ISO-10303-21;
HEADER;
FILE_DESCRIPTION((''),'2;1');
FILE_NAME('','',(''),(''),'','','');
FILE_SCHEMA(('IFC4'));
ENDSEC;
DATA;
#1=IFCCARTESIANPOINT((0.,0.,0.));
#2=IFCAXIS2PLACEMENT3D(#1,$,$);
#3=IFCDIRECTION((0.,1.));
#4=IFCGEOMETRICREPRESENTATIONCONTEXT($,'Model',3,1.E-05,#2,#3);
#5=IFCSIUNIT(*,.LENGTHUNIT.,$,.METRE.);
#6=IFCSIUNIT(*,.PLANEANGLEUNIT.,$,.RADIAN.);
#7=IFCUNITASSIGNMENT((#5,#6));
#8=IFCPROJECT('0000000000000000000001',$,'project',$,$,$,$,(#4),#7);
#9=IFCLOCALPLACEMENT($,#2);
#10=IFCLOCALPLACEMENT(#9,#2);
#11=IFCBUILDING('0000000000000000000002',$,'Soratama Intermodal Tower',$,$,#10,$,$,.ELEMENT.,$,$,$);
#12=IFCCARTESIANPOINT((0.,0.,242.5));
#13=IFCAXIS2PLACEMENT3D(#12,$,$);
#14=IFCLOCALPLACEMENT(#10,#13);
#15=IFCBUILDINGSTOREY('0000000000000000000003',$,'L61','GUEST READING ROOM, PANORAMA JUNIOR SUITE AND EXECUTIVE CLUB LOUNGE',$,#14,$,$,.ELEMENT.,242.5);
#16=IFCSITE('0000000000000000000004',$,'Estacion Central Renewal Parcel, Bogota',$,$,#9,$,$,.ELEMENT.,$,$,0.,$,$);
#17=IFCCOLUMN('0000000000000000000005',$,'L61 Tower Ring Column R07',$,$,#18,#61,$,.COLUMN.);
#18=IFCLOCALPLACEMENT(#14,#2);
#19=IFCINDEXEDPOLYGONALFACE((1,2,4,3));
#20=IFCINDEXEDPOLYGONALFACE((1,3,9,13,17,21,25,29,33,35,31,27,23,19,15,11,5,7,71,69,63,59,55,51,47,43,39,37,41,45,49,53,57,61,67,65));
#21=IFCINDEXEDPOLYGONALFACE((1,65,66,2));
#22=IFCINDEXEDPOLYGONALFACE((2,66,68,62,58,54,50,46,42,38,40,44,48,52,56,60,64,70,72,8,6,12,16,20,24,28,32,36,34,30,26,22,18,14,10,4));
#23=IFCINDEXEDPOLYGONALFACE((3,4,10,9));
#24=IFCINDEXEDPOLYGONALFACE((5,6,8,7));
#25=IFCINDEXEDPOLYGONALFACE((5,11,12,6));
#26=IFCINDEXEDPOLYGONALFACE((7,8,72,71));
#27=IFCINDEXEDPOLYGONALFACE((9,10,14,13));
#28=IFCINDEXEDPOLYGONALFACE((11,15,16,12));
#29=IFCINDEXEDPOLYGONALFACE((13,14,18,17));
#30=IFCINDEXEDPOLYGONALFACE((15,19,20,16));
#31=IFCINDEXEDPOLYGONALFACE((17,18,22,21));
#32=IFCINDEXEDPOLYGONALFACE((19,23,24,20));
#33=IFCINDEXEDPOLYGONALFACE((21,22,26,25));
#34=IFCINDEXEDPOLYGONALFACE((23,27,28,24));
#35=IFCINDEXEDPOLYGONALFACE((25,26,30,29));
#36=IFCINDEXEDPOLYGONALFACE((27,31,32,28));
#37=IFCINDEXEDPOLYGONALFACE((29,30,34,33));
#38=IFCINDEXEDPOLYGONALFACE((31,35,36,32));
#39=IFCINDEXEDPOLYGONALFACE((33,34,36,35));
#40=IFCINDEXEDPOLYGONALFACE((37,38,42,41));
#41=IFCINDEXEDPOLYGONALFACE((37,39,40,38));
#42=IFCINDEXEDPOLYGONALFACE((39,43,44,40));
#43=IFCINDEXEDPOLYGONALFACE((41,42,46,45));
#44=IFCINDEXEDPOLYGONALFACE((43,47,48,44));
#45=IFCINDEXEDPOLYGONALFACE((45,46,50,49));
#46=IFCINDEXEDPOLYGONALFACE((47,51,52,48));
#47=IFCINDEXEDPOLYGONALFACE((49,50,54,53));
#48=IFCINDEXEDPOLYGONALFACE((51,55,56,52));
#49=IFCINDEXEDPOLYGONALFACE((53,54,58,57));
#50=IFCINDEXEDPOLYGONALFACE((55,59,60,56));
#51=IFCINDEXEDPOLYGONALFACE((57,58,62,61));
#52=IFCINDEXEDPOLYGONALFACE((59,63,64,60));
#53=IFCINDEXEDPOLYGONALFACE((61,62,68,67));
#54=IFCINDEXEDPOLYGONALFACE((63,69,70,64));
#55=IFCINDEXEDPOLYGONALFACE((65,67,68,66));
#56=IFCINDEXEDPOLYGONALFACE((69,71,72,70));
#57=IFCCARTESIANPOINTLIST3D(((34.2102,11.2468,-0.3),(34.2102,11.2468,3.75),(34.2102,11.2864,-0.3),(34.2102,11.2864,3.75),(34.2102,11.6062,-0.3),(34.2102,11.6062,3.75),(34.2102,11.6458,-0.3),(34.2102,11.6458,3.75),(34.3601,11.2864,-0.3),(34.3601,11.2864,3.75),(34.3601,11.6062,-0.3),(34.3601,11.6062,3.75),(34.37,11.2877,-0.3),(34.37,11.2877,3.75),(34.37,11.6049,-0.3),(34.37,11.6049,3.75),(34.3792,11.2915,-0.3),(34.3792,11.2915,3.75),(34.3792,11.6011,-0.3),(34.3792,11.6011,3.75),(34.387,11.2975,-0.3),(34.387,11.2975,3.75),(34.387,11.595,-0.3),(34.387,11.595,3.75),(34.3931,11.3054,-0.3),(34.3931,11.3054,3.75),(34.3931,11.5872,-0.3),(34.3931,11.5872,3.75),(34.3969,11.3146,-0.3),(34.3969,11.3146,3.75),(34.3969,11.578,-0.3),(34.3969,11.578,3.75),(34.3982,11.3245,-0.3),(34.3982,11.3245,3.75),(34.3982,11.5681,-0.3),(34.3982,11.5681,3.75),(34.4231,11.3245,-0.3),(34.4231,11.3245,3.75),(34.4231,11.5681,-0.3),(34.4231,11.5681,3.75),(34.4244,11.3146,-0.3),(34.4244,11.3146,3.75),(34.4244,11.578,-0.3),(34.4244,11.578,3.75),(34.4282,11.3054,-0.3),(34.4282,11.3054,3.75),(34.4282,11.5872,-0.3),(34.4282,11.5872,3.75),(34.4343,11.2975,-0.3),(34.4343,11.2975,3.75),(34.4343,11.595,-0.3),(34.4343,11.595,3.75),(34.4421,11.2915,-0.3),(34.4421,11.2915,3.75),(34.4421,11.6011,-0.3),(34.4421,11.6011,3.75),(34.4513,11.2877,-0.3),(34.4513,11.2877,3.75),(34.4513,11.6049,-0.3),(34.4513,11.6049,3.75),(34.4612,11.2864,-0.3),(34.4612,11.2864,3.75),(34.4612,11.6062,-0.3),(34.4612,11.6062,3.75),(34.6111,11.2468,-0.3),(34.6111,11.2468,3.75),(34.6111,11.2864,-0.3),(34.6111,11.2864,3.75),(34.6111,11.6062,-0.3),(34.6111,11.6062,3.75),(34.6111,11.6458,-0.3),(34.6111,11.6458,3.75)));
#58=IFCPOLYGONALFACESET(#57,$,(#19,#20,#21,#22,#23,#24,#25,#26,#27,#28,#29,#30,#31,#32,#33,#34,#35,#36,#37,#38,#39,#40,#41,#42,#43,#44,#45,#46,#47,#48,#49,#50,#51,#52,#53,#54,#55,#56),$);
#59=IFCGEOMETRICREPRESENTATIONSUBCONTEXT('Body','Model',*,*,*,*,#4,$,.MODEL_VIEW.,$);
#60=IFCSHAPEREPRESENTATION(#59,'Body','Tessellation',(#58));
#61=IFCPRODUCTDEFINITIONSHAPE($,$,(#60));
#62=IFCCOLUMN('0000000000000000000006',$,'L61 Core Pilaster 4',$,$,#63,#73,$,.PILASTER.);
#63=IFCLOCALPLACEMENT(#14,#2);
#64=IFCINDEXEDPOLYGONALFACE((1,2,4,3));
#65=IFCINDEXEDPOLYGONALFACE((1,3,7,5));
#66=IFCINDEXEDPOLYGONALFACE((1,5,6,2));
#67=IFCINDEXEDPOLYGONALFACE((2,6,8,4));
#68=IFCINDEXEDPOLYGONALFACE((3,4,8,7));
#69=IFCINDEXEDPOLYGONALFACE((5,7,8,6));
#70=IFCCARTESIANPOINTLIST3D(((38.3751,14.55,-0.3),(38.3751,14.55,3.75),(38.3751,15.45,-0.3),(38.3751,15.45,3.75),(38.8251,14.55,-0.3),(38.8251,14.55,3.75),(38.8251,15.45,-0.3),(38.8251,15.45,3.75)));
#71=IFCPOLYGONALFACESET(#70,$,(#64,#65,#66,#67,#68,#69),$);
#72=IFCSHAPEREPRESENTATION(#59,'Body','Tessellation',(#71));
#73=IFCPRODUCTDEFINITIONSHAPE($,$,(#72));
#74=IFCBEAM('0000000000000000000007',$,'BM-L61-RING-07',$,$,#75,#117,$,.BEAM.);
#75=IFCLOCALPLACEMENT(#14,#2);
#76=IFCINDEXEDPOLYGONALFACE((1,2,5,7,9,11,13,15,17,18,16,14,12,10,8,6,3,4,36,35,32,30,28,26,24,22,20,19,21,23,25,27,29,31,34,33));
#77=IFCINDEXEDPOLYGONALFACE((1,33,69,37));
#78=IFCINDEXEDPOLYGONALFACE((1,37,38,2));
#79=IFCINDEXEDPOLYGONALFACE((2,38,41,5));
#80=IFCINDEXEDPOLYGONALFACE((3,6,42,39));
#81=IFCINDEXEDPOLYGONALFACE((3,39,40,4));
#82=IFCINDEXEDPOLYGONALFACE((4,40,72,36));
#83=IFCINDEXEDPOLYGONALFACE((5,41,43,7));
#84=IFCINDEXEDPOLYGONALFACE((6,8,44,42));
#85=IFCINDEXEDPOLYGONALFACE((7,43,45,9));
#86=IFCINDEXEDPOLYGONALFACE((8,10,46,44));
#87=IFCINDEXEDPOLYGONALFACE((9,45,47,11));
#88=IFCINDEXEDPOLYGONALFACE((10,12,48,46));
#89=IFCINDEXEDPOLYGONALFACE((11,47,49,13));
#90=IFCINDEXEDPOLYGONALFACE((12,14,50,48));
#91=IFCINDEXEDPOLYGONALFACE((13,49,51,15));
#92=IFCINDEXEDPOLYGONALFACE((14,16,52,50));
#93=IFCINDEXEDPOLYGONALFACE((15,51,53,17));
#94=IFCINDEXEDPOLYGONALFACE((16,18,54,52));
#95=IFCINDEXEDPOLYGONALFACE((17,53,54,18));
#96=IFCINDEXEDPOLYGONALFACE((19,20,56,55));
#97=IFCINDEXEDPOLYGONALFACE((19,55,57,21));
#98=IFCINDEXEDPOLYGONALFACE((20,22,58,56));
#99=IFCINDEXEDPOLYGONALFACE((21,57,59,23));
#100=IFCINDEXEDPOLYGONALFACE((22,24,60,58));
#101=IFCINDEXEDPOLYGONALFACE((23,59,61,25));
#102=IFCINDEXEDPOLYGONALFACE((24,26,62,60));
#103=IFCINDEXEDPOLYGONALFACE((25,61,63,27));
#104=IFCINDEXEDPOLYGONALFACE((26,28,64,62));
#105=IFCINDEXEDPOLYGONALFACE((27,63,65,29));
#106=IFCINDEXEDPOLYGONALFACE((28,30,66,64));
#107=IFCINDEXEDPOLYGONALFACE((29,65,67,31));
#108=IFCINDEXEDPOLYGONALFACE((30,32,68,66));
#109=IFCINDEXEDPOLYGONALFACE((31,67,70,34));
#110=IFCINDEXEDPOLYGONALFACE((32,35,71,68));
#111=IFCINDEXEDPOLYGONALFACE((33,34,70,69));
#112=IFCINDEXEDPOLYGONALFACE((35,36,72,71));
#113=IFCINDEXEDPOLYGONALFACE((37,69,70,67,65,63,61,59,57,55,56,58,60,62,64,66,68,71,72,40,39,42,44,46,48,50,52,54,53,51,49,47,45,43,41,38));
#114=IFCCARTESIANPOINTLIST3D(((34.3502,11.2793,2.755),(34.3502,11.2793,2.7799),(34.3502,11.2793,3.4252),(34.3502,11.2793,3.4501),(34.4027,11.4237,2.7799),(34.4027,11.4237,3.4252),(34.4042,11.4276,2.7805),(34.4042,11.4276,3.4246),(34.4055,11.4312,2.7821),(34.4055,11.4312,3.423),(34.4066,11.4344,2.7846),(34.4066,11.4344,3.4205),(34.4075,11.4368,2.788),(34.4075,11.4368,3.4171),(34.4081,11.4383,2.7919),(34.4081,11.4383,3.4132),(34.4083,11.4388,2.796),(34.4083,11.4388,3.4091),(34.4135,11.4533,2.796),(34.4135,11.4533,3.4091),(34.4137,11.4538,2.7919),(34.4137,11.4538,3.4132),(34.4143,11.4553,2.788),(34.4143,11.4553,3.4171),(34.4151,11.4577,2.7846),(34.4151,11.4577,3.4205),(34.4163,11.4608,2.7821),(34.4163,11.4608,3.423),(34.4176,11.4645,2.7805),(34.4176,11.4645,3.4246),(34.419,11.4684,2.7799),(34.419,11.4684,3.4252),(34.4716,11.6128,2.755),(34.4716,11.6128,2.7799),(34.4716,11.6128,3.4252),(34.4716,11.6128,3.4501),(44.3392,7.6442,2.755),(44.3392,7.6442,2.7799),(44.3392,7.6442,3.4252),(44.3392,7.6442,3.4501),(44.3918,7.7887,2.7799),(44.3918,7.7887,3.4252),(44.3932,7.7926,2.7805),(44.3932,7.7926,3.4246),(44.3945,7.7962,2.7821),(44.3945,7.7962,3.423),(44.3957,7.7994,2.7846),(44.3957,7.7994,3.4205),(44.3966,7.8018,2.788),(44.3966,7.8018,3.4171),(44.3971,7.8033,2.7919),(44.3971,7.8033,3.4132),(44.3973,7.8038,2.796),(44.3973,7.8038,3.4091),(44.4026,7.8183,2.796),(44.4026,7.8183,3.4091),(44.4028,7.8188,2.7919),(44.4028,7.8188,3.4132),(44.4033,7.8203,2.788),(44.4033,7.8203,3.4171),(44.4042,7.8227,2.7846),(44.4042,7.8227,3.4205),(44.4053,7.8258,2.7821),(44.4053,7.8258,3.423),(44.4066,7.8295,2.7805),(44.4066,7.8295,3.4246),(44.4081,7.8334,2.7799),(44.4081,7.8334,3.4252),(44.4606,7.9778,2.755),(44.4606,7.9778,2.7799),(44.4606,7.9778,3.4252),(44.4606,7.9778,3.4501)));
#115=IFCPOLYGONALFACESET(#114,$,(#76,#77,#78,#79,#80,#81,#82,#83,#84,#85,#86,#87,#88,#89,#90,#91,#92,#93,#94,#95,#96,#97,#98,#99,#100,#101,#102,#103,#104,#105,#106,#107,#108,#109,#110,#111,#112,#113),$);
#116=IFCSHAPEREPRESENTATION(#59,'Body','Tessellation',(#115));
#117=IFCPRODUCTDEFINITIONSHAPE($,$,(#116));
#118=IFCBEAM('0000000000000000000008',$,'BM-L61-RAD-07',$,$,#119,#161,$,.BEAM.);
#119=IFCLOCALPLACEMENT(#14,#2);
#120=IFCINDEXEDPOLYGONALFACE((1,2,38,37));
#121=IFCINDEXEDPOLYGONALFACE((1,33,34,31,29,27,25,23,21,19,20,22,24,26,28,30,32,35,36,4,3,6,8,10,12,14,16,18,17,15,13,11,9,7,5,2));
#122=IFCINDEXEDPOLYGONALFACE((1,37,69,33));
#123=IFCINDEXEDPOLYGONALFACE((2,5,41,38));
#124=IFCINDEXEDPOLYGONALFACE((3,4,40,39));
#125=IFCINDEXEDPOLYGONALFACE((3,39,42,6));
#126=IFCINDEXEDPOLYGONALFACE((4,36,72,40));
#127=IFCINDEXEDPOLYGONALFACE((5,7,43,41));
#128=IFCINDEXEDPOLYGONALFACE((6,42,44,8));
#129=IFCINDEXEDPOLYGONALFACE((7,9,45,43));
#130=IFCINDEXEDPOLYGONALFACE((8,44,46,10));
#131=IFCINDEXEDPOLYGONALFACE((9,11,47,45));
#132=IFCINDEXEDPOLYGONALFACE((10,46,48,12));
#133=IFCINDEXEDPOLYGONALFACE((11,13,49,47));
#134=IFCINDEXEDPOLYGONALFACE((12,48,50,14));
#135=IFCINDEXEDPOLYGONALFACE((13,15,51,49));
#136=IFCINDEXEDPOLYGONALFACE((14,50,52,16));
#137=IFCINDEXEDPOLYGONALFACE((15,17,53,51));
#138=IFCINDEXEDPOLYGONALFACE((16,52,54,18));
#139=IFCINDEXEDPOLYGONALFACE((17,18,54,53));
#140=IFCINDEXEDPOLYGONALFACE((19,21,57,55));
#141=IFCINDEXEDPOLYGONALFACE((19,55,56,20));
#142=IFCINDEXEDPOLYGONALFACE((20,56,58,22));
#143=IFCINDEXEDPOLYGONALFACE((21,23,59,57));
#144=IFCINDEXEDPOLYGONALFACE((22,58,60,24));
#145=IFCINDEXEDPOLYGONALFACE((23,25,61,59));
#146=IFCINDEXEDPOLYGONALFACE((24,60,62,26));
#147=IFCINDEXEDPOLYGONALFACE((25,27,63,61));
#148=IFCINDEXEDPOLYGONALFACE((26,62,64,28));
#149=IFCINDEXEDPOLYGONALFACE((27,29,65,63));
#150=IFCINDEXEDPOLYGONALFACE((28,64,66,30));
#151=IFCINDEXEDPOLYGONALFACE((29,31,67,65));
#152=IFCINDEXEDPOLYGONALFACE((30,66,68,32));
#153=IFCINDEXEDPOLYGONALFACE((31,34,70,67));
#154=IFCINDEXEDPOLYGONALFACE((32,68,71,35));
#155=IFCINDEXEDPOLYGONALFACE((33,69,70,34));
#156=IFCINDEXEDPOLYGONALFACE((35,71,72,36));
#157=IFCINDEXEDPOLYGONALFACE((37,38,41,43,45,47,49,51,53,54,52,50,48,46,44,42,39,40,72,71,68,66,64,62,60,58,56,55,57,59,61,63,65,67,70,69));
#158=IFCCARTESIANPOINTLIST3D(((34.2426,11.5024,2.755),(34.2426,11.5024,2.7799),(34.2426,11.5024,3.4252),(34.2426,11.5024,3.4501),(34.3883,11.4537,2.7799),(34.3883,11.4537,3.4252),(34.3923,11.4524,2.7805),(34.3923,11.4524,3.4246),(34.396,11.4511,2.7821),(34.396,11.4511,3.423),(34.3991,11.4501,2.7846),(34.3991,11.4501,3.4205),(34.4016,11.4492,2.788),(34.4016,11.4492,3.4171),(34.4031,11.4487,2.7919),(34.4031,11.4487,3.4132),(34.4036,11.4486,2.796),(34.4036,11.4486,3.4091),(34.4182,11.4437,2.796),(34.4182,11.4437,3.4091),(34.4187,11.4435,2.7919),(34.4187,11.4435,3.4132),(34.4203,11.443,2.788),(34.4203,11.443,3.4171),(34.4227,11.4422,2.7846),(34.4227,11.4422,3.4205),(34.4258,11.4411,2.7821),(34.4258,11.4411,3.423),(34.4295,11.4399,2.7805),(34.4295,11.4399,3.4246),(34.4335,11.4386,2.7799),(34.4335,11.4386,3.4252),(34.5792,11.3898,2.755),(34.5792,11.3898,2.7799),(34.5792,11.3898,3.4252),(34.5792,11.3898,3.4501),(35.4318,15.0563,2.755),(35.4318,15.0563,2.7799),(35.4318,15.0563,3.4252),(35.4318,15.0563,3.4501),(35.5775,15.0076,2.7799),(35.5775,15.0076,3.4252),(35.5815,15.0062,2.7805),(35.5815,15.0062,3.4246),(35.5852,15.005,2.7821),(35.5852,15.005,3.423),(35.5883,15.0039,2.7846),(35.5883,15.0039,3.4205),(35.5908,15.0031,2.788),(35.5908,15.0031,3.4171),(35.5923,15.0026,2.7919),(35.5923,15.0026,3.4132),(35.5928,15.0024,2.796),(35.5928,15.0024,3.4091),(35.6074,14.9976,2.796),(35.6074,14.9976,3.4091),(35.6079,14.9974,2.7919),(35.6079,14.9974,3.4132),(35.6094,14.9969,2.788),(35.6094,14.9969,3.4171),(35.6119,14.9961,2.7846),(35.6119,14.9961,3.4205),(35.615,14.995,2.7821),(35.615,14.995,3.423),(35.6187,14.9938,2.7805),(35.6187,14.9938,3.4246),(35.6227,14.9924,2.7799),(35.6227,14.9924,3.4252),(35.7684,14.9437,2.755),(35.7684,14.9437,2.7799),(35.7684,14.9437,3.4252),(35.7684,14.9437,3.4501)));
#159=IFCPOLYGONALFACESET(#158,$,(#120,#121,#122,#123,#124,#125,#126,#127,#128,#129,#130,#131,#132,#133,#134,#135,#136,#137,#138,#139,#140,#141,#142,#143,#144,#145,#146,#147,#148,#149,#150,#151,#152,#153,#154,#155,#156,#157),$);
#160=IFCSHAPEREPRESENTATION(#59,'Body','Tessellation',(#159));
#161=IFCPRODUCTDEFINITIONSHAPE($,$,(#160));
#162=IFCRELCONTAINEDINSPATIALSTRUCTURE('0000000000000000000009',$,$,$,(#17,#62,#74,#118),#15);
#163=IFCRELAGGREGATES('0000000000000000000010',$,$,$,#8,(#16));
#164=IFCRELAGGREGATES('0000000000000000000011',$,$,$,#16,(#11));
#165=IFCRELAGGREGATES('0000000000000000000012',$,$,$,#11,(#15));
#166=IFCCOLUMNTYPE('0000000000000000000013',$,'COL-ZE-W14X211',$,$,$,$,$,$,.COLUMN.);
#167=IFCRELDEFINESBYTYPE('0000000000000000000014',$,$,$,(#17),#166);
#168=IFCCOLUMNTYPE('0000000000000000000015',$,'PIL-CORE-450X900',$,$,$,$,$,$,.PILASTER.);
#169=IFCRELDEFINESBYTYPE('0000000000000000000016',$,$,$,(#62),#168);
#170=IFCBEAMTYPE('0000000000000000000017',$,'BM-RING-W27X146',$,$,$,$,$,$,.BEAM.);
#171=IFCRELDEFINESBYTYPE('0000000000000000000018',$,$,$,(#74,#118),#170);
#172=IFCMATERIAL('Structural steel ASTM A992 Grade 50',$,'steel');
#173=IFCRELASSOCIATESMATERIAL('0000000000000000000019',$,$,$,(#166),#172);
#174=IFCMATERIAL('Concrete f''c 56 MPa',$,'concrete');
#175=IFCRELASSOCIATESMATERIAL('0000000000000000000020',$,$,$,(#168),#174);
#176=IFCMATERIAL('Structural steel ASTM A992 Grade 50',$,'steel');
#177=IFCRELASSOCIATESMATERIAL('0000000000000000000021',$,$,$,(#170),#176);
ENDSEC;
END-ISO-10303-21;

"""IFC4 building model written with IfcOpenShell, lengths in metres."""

from ifc_helpers import new_model, si_unit, direction, frame, origin, origin_2d, place, context, subcontext, project, spatial, rectangle, i_section, extrude, material, material_profile, profile_set, type_object, element, save


model = new_model("IFC4")

# Units and contexts
model_context = context("Model", 3, precision=1e-05, world=origin(), true_north=direction((0.0, 1.0)))
body_context = subcontext(model_context, "Body", "Model", "MODEL_VIEW")
ifc_project = project(units=[si_unit("LENGTHUNIT", "METRE"), si_unit("PLANEANGLEUNIT", "RADIAN")], contexts=[model_context])

# Site, building, storey
site_placement = place(None, origin())
site = spatial("IfcSite", under=ifc_project, at=site_placement, Name="Estacion Central Renewal Parcel, Bogota", CompositionType="ELEMENT", RefElevation=0.0)
building_placement = place(site_placement, origin())
building = spatial("IfcBuilding", under=site, at=building_placement, Name="Soratama Intermodal Tower", CompositionType="ELEMENT")
storey_placement = place(building_placement, frame((0.0, 0.0, 242.5)))
storey = spatial("IfcBuildingStorey", under=building, at=storey_placement, Name="L61", Description="GUEST READING ROOM, PANORAMA JUNIOR SUITE AND EXECUTIVE CLUB LOUNGE", CompositionType="ELEMENT", Elevation=242.5)

# Columns
ifc_material_1 = material(Name="Structural steel ASTM A992 Grade 50", Category="steel")
ifc_material_profile_1 = material_profile(ifc_material_1, i_section(OverallWidth=0.4009, OverallDepth=0.3989, WebThickness=0.0249, FlangeThickness=0.0396, FilletRadius=0.0381, at=origin_2d()), Name="W14X211")
ifc_profile_set_1 = profile_set([ifc_material_profile_1], Name="Structural steel ASTM A992 Grade 50")
column_type_1 = type_object("IfcColumnType", Name="COL-ZE-W14X211", PredefinedType="COLUMN", material=ifc_profile_set_1)
column_1_placement = place(storey_placement, frame((34.4106, 11.4463, -0.3), z_axis=(0.0, 0.0, 1.0), x_axis=(1.0, 0.0, 0.0)))
element("IfcColumn", 1, at=column_1_placement, inside=storey, type_object=column_type_1, Name="L61 Tower Ring Column R07", PredefinedType="COLUMN", context=body_context, shape_type="SweptSolid", body=[
    extrude(i_section(OverallWidth=0.4009, OverallDepth=0.3989, WebThickness=0.0249, FlangeThickness=0.0396, FilletRadius=0.0381, at=origin_2d()), origin(), (0.0, 0.0, 1.0), 4.05),
])
ifc_material_2 = material(Name="Concrete f'c 56 MPa", Category="concrete")
ifc_material_profile_2 = material_profile(ifc_material_2, rectangle(XDim=0.45, YDim=0.8999, at=origin_2d()), Name="RC450X900")
ifc_profile_set_2 = profile_set([ifc_material_profile_2], Name="Concrete f'c 56 MPa")
column_type_2 = type_object("IfcColumnType", Name="PIL-CORE-450X900", PredefinedType="PILASTER", material=ifc_profile_set_2)
column_2_placement = place(storey_placement, frame((38.6001, 15.0, -0.3), z_axis=(0.0, 0.0, 1.0), x_axis=(1.0, 0.0, 0.0)))
element("IfcColumn", 2, at=column_2_placement, inside=storey, type_object=column_type_2, Name="L61 Core Pilaster 4", PredefinedType="PILASTER", context=body_context, shape_type="SweptSolid", body=[
    extrude(rectangle(XDim=0.45, YDim=0.8999, at=origin_2d()), origin(), (0.0, 0.0, 1.0), 4.05),
])

# Beams
ifc_material_3 = material(Name="Structural steel ASTM A992 Grade 50", Category="steel")
ifc_material_profile_3 = material_profile(ifc_material_3, i_section(OverallWidth=0.355, OverallDepth=0.6951, WebThickness=0.0154, FlangeThickness=0.0249, FilletRadius=0.0161, at=origin_2d()), Name="W27X146")
ifc_profile_set_3 = profile_set([ifc_material_profile_3], Name="Structural steel ASTM A992 Grade 50")
beam_type_1 = type_object("IfcBeamType", Name="BM-RING-W27X146", PredefinedType="BEAM", material=ifc_profile_set_3)
beam_1_placement = place(storey_placement, frame((34.4109, 11.446, 3.1025), z_axis=(0.939714, -0.341963, 0.0), x_axis=(0.341963, 0.939714, 0.0)))
element("IfcBeam", 3, at=beam_1_placement, inside=storey, type_object=beam_type_1, Name="BM-L61-RING-07", PredefinedType="BEAM", context=body_context, shape_type="SweptSolid", body=[
    extrude(i_section(OverallWidth=0.355, OverallDepth=0.6951, WebThickness=0.0154, FlangeThickness=0.0249, FilletRadius=0.0161, at=origin_2d()), origin(), (0.0, 0.0, 1.0), 10.6299),
])
beam_2_placement = place(storey_placement, frame((35.6001, 15.0, 3.1025), z_axis=(-0.317322, -0.948318, 0.0), x_axis=(0.948318, -0.317322, 0.0)))
element("IfcBeam", 4, at=beam_2_placement, inside=storey, type_object=beam_type_1, Name="BM-L61-RAD-07", PredefinedType="BEAM", context=body_context, shape_type="SweptSolid", body=[
    extrude(i_section(OverallWidth=0.355, OverallDepth=0.6951, WebThickness=0.0154, FlangeThickness=0.0249, FilletRadius=0.0161, at=origin_2d()), origin(), (0.0, 0.0, 1.0), 3.7476),
])

save(model, "model.ifc")
